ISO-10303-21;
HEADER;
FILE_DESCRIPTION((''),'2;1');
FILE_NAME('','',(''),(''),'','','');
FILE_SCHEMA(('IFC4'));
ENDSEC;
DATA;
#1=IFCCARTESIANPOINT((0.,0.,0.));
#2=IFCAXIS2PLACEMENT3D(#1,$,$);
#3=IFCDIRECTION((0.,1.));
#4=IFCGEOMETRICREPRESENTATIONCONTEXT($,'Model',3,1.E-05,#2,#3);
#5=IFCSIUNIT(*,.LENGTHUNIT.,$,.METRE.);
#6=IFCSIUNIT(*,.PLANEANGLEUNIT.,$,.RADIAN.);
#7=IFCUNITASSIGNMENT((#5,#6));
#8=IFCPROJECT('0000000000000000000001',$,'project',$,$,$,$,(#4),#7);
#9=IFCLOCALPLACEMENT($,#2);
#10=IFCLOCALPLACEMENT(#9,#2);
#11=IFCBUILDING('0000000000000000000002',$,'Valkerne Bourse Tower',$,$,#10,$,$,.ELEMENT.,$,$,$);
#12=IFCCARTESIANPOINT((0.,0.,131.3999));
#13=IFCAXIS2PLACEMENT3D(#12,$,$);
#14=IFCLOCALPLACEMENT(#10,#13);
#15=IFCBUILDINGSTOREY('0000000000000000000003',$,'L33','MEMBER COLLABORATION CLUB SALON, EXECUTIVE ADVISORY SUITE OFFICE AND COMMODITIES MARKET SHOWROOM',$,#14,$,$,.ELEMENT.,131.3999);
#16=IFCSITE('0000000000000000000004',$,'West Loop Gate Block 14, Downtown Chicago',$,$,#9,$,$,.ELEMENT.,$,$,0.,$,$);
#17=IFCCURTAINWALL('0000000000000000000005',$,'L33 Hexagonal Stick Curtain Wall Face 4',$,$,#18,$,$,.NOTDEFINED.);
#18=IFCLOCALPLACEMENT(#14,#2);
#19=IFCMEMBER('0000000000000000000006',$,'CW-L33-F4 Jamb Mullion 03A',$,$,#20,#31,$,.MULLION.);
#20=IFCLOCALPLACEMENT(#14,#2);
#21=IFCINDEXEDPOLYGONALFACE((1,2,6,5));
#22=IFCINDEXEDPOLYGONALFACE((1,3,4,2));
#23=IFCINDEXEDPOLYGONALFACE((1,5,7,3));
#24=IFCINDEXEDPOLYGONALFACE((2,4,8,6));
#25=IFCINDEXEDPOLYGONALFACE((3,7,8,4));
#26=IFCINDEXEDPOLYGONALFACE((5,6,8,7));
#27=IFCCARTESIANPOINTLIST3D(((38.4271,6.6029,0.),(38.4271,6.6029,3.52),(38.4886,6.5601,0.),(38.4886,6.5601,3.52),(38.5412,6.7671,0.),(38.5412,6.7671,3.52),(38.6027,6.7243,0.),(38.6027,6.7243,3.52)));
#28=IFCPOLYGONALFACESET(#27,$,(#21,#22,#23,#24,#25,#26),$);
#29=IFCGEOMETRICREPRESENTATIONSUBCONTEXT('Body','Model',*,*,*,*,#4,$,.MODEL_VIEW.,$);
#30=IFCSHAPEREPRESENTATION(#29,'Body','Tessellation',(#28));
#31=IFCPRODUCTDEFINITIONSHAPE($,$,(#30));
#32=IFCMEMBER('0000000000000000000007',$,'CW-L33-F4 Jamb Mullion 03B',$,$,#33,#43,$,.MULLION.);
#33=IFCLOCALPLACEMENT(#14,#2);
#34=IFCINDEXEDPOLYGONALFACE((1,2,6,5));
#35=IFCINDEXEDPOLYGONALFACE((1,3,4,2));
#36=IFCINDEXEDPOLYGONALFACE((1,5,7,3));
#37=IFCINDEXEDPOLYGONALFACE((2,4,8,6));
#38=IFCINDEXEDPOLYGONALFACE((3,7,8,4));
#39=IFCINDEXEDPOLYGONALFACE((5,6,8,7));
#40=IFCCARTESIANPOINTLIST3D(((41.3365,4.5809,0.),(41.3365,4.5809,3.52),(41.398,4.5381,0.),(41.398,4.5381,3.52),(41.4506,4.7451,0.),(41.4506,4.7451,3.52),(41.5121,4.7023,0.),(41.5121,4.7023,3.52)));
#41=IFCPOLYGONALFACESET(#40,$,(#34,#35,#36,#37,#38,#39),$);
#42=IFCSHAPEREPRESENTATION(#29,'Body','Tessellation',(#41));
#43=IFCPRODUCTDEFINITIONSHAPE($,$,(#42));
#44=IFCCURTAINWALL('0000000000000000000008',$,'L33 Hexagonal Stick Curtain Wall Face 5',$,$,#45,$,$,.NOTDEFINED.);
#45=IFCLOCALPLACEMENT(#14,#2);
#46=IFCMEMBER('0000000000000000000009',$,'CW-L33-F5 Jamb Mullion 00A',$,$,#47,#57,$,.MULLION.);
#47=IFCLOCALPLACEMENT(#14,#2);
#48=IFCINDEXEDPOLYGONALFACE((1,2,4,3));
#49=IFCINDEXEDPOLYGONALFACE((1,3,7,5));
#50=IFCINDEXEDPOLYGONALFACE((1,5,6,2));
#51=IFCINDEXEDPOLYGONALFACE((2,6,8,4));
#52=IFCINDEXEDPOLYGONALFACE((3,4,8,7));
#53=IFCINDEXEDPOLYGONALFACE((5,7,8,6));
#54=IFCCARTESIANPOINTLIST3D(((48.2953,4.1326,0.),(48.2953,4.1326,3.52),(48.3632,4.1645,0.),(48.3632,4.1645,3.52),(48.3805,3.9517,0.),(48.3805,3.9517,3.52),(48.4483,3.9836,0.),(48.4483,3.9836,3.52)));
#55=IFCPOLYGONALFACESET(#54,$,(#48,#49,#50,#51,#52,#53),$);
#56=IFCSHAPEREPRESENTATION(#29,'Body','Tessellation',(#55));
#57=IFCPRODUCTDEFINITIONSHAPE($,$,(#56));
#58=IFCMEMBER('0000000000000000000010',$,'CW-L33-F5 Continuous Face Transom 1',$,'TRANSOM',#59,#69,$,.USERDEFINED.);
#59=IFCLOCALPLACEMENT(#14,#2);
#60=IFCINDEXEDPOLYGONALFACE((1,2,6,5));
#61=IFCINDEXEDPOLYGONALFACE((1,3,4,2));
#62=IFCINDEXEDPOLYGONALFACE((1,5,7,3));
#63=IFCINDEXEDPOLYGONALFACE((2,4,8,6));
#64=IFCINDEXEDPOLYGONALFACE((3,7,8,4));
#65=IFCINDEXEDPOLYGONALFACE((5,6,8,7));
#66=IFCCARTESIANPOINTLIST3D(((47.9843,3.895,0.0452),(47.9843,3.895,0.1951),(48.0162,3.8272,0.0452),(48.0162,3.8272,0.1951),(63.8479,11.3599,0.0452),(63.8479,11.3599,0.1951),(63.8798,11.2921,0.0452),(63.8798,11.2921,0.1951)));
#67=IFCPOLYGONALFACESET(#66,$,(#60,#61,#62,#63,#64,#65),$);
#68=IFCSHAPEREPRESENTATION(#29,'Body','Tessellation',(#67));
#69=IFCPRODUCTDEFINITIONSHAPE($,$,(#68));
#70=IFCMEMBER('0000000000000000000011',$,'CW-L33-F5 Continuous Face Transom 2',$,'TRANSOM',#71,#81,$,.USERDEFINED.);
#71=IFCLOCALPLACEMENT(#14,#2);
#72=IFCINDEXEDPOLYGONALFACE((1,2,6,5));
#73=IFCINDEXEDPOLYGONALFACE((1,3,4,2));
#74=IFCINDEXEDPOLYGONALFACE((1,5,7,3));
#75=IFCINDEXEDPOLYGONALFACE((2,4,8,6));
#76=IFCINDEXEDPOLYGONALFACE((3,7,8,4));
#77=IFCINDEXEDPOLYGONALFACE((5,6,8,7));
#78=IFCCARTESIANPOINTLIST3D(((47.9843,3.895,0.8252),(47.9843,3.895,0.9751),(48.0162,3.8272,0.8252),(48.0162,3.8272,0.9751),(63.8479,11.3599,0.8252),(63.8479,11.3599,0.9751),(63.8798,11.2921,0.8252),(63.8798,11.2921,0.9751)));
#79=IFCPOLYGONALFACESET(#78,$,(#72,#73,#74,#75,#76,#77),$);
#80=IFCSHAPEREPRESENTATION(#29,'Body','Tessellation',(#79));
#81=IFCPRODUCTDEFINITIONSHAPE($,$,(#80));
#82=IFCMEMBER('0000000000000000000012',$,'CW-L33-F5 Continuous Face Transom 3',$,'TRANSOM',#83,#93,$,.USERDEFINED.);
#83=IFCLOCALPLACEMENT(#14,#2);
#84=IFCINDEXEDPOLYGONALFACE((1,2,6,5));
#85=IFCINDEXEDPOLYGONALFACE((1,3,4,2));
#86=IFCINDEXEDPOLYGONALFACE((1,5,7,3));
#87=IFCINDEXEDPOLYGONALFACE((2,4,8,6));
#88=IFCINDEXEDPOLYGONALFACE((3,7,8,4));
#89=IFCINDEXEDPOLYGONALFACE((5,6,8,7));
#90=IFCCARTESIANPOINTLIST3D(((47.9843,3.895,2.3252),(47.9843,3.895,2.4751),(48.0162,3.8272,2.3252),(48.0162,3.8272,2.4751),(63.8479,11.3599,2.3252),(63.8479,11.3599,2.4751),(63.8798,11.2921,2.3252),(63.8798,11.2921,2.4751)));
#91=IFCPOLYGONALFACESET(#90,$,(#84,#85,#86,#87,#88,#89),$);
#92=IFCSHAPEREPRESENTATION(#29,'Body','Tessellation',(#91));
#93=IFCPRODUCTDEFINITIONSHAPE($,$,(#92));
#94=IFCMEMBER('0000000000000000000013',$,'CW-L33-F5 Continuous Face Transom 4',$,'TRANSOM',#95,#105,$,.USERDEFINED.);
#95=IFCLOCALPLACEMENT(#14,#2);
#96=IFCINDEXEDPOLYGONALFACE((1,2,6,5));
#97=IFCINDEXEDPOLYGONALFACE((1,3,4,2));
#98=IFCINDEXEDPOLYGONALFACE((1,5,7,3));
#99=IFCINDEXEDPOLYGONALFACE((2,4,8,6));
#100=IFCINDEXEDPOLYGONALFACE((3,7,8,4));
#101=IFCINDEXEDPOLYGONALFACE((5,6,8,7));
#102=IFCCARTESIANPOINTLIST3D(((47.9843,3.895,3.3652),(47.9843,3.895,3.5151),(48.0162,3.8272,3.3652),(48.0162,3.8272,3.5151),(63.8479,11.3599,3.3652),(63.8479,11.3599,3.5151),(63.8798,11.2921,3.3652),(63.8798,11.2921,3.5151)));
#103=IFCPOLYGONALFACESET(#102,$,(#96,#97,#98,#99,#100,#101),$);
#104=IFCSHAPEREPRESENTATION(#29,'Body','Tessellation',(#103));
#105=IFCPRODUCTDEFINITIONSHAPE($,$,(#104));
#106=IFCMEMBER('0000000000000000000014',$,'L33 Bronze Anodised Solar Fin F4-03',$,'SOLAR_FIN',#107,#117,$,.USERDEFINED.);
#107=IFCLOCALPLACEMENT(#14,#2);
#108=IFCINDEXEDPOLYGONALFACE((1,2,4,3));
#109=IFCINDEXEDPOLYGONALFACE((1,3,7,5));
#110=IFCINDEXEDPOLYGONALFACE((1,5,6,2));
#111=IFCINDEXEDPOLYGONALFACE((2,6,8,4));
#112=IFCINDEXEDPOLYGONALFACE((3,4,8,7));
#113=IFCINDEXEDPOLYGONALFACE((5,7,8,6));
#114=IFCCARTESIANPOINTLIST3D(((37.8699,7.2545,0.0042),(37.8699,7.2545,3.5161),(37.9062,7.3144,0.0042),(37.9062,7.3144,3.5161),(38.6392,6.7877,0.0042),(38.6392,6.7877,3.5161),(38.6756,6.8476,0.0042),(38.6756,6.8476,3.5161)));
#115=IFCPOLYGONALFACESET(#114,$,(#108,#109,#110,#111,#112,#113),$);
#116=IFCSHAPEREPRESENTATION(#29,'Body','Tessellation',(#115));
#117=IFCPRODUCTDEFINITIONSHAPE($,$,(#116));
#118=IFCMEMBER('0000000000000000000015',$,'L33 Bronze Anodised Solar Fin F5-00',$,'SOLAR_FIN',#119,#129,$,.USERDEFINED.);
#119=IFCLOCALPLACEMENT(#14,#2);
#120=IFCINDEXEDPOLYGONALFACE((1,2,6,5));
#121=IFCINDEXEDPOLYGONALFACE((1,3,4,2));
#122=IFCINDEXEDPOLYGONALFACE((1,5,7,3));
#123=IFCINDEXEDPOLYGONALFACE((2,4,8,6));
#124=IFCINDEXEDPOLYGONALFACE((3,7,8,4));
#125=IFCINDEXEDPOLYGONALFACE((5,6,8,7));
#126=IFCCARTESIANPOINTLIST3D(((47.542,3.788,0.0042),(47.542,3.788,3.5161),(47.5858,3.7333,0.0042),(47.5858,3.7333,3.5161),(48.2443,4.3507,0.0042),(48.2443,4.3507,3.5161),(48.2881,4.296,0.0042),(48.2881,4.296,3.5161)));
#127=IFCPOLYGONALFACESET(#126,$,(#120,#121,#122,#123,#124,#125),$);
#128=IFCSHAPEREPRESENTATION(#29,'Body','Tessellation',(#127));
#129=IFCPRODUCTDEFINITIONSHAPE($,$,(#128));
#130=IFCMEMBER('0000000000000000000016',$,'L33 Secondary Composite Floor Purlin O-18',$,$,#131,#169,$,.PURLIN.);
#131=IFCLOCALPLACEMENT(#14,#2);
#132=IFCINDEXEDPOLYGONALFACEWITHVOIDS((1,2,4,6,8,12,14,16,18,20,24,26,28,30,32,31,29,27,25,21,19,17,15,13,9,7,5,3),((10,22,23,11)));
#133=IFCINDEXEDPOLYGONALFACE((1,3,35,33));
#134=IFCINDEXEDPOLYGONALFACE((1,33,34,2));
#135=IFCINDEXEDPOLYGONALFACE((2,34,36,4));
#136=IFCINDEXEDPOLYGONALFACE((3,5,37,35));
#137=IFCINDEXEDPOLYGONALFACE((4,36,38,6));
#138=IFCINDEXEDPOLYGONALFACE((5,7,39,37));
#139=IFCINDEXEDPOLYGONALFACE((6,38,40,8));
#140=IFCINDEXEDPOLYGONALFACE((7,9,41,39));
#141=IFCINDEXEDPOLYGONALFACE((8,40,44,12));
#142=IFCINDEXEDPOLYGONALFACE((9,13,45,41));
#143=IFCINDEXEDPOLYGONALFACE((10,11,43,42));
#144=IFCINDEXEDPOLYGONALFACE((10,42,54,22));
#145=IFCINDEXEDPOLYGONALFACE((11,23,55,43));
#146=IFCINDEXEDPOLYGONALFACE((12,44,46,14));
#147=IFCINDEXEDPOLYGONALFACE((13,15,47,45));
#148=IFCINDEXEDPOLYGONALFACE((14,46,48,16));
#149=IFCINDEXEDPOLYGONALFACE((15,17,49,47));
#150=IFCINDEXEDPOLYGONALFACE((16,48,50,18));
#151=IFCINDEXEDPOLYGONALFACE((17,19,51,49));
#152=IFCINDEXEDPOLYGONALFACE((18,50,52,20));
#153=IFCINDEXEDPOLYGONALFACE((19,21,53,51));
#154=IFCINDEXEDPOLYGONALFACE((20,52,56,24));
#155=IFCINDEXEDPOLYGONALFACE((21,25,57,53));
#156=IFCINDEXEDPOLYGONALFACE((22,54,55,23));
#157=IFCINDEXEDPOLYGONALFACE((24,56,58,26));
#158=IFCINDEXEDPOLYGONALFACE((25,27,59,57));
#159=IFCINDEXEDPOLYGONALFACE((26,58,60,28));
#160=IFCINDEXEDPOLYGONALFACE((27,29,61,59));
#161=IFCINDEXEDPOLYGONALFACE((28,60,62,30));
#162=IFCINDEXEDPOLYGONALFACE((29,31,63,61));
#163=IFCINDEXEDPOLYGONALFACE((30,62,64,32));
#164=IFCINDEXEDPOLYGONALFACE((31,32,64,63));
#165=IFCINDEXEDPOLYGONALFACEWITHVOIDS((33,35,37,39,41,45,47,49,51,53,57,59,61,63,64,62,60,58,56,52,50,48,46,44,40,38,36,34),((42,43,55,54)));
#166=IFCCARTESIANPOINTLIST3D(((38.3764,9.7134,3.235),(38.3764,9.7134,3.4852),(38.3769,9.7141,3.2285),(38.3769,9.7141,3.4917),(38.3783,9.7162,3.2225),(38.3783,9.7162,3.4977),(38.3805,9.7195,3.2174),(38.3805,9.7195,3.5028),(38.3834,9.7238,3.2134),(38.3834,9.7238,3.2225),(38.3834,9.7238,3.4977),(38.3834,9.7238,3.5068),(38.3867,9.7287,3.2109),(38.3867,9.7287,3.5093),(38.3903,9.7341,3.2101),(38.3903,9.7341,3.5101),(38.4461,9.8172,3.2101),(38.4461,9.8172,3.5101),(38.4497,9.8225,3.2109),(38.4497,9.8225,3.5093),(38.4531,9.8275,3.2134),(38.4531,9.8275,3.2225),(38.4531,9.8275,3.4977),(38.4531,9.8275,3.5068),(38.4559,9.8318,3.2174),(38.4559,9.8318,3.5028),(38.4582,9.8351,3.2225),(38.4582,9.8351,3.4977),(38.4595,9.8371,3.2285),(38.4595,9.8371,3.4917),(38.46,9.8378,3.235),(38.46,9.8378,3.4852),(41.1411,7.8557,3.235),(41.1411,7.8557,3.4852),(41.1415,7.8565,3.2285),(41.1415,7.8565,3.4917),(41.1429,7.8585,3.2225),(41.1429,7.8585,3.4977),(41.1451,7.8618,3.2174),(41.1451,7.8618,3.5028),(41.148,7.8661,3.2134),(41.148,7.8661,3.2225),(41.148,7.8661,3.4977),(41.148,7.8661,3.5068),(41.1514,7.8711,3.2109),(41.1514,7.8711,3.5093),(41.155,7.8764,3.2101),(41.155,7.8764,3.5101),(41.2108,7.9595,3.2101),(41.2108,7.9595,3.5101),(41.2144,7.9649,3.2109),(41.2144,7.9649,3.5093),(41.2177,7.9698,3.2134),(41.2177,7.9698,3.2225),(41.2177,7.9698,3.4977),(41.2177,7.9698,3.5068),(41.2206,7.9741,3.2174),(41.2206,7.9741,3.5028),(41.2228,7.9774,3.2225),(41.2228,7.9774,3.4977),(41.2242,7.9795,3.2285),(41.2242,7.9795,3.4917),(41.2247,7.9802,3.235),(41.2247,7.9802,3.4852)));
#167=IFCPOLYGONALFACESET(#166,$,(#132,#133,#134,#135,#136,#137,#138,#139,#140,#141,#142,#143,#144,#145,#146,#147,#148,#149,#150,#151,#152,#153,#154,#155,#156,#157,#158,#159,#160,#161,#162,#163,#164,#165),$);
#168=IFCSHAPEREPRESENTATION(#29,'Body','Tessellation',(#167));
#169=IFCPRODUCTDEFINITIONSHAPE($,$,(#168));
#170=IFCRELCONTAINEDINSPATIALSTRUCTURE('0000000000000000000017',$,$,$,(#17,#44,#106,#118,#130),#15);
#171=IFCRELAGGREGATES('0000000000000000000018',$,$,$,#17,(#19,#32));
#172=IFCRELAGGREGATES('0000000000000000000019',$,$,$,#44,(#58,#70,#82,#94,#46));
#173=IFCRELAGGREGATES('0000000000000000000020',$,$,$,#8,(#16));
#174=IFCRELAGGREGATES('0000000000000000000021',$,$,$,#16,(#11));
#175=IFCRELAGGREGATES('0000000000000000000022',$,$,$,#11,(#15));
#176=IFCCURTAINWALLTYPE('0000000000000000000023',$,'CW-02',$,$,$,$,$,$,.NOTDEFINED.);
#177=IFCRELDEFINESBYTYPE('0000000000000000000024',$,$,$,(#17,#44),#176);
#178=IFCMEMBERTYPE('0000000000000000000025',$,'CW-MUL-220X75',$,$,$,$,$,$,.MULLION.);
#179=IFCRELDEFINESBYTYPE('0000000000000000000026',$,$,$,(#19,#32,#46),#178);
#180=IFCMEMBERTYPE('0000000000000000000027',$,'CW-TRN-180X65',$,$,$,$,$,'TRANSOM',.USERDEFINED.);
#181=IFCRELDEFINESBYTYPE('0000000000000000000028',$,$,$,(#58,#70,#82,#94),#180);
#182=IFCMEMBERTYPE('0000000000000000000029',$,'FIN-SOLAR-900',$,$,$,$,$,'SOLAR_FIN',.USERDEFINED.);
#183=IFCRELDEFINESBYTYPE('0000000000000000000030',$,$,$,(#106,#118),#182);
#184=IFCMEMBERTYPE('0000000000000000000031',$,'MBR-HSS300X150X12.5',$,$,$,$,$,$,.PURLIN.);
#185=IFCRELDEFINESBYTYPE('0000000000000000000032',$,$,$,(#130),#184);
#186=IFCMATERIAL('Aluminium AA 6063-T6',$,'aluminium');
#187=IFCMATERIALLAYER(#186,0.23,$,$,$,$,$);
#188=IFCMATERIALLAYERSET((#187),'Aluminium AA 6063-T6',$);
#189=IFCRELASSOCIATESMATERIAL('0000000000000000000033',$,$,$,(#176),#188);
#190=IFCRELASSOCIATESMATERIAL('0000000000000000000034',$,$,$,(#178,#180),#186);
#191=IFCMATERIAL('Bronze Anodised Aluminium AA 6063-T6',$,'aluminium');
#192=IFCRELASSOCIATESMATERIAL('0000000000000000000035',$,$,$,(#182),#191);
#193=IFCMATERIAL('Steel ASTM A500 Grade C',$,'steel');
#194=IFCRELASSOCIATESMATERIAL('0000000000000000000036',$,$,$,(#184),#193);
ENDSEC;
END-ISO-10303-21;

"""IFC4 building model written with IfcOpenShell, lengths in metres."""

from ifc_helpers import new_model, si_unit, direction, frame, origin, origin_2d, place, context, subcontext, project, spatial, rectangle, hollow_rectangle, extrude, material, layer, layer_set, material_profile, profile_set, type_object, element, aggregate, save


model = new_model("IFC4")

# Units and contexts
model_context = context("Model", 3, precision=1e-05, world=origin(), true_north=direction((0.0, 1.0)))
body_context = subcontext(model_context, "Body", "Model", "MODEL_VIEW")
ifc_project = project(units=[si_unit("LENGTHUNIT", "METRE"), si_unit("PLANEANGLEUNIT", "RADIAN")], contexts=[model_context])

# Site, building, storey
site_placement = place(None, origin())
site = spatial("IfcSite", under=ifc_project, at=site_placement, Name="West Loop Gate Block 14, Downtown Chicago", CompositionType="ELEMENT", RefElevation=0.0)
building_placement = place(site_placement, origin())
building = spatial("IfcBuilding", under=site, at=building_placement, Name="Valkerne Bourse Tower", CompositionType="ELEMENT")
storey_placement = place(building_placement, frame((0.0, 0.0, 131.3999)))
storey = spatial("IfcBuildingStorey", under=building, at=storey_placement, Name="L33", Description="MEMBER COLLABORATION CLUB SALON, EXECUTIVE ADVISORY SUITE OFFICE AND COMMODITIES MARKET SHOWROOM", CompositionType="ELEMENT", Elevation=131.3999)

# Curtain walls, members
ifc_material_1 = material(Name="Aluminium AA 6063-T6", Category="aluminium")
ifc_layer_1 = layer(ifc_material_1, 0.23)
ifc_layer_set_1 = layer_set([ifc_layer_1], Name="Aluminium AA 6063-T6")
curtain_wall_type = type_object("IfcCurtainWallType", Name="CW-02", PredefinedType="NOTDEFINED", material=ifc_layer_set_1)
curtain_wall_1_placement = place(storey_placement, origin())
curtain_wall_1 = element("IfcCurtainWall", 1, at=curtain_wall_1_placement, inside=storey, type_object=curtain_wall_type, Name="L33 Hexagonal Stick Curtain Wall Face 4", PredefinedType="NOTDEFINED")
ifc_material_profile_1 = material_profile(ifc_material_1, rectangle(XDim=0.075, YDim=0.2, at=origin_2d()), Name="CWM-75X200")
ifc_profile_set_1 = profile_set([ifc_material_profile_1], Name="Aluminium AA 6063-T6")
member_type_1 = type_object("IfcMemberType", Name="CW-MUL-220X75", PredefinedType="MULLION", material=ifc_profile_set_1)
member_1_placement = place(storey_placement, frame((38.5149, 6.6636, 0.0), z_axis=(0.0, 0.0, 1.0), x_axis=(0.821153, -0.570707, 0.0)))
member_1 = element("IfcMember", 2, at=member_1_placement, type_object=member_type_1, Name="CW-L33-F4 Jamb Mullion 03A", PredefinedType="MULLION", context=body_context, shape_type="SweptSolid", body=[
    extrude(rectangle(XDim=0.075, YDim=0.2, at=origin_2d()), origin(), (0.0, 0.0, 1.0), 3.52),
])
member_2_placement = place(storey_placement, frame((41.4243, 4.6416, 0.0), z_axis=(0.0, 0.0, 1.0), x_axis=(0.821153, -0.570707, 0.0)))
member_2 = element("IfcMember", 3, at=member_2_placement, type_object=member_type_1, Name="CW-L33-F4 Jamb Mullion 03B", PredefinedType="MULLION", context=body_context, shape_type="SweptSolid", body=[
    extrude(rectangle(XDim=0.075, YDim=0.2, at=origin_2d()), origin(), (0.0, 0.0, 1.0), 3.52),
])
curtain_wall_2_placement = place(storey_placement, origin())
curtain_wall_2 = element("IfcCurtainWall", 4, at=curtain_wall_2_placement, inside=storey, type_object=curtain_wall_type, Name="L33 Hexagonal Stick Curtain Wall Face 5", PredefinedType="NOTDEFINED")
member_3_placement = place(storey_placement, frame((48.3718, 4.0581, 0.0), z_axis=(0.0, 0.0, 1.0), x_axis=(0.904828, 0.425777, 0.0)))
member_3 = element("IfcMember", 5, at=member_3_placement, type_object=member_type_1, Name="CW-L33-F5 Jamb Mullion 00A", PredefinedType="MULLION", context=body_context, shape_type="SweptSolid", body=[
    extrude(rectangle(XDim=0.075, YDim=0.2, at=origin_2d()), origin(), (0.0, 0.0, 1.0), 3.52),
])
ifc_material_profile_2 = material_profile(ifc_material_1, rectangle(XDim=0.075, YDim=0.1499, at=origin_2d()), Name="CWT-75X150")
ifc_profile_set_2 = profile_set([ifc_material_profile_2], Name="Aluminium AA 6063-T6")
member_type_2 = type_object("IfcMemberType", Name="CW-TRN-180X65", ElementType="TRANSOM", PredefinedType="USERDEFINED", material=ifc_profile_set_2)
member_4_placement = place(storey_placement, frame((48.0002, 3.8611, 0.1201), z_axis=(0.904826, 0.425781, 0.0), x_axis=(-0.425781, 0.904826, 0.0)))
member_4 = element("IfcMember", 6, at=member_4_placement, type_object=member_type_2, Name="CW-L33-F5 Continuous Face Transom 1", ObjectType="TRANSOM", PredefinedType="USERDEFINED", context=body_context, shape_type="SweptSolid", body=[
    extrude(rectangle(XDim=0.075, YDim=0.1499, at=origin_2d()), origin(), (0.0, 0.0, 1.0), 17.5322),
])
member_5_placement = place(storey_placement, frame((48.0002, 3.8611, 0.9001), z_axis=(0.904826, 0.425781, 0.0), x_axis=(-0.425781, 0.904826, 0.0)))
member_5 = element("IfcMember", 7, at=member_5_placement, type_object=member_type_2, Name="CW-L33-F5 Continuous Face Transom 2", ObjectType="TRANSOM", PredefinedType="USERDEFINED", context=body_context, shape_type="SweptSolid", body=[
    extrude(rectangle(XDim=0.075, YDim=0.1499, at=origin_2d()), origin(), (0.0, 0.0, 1.0), 17.5322),
])
member_6_placement = place(storey_placement, frame((48.0002, 3.8611, 2.4001), z_axis=(0.904826, 0.425781, 0.0), x_axis=(-0.425781, 0.904826, 0.0)))
member_6 = element("IfcMember", 8, at=member_6_placement, type_object=member_type_2, Name="CW-L33-F5 Continuous Face Transom 3", ObjectType="TRANSOM", PredefinedType="USERDEFINED", context=body_context, shape_type="SweptSolid", body=[
    extrude(rectangle(XDim=0.075, YDim=0.1499, at=origin_2d()), origin(), (0.0, 0.0, 1.0), 17.5322),
])
member_7_placement = place(storey_placement, frame((48.0002, 3.8611, 3.4402), z_axis=(0.904826, 0.425781, 0.0), x_axis=(-0.425781, 0.904826, 0.0)))
member_7 = element("IfcMember", 9, at=member_7_placement, type_object=member_type_2, Name="CW-L33-F5 Continuous Face Transom 4", ObjectType="TRANSOM", PredefinedType="USERDEFINED", context=body_context, shape_type="SweptSolid", body=[
    extrude(rectangle(XDim=0.075, YDim=0.1499, at=origin_2d()), origin(), (0.0, 0.0, 1.0), 17.5322),
])

# Members
ifc_material_2 = material(Name="Bronze Anodised Aluminium AA 6063-T6", Category="aluminium")
ifc_material_profile_3 = material_profile(ifc_material_2, rectangle(XDim=0.0701, YDim=0.8999, at=origin_2d()), Name="FIN-70X900")
ifc_profile_set_3 = profile_set([ifc_material_profile_3], Name="Bronze Anodised Aluminium AA 6063-T6")
member_type_3 = type_object("IfcMemberType", Name="FIN-SOLAR-900", ElementType="SOLAR_FIN", PredefinedType="USERDEFINED", material=ifc_profile_set_3)
for number, where, z_axis, x_axis, name in (
    (10, (38.2727, 7.051, 0.0042), (0.0, 0.0, 1.0), (-0.518726, -0.85494, 0.0), "L33 Bronze Anodised Solar Fin F4-03"),
    (11, (47.915, 4.042, 0.0042), (0.0, 0.0, 1.0), (0.625293, -0.78039, 0.0), "L33 Bronze Anodised Solar Fin F5-00"),
):
    element("IfcMember", number, at=place(storey_placement, frame(where, z_axis=z_axis, x_axis=x_axis)), inside=storey, type_object=member_type_3, Name=name, ObjectType="SOLAR_FIN", PredefinedType="USERDEFINED", context=body_context, shape_type="SweptSolid", body=[
        extrude(rectangle(XDim=0.0701, YDim=0.8999, at=origin_2d()), origin(), (0.0, 0.0, 1.0), 3.512),
    ])
ifc_material_3 = material(Name="Steel ASTM A500 Grade C", Category="steel")
ifc_material_profile_4 = material_profile(ifc_material_3, hollow_rectangle(XDim=0.1499, YDim=0.3, WallThickness=0.0125, OuterFilletRadius=0.0249, at=origin_2d()), Name="HSS300X150X12.5")
ifc_profile_set_4 = profile_set([ifc_material_profile_4], Name="Steel ASTM A500 Grade C")
member_type_4 = type_object("IfcMemberType", Name="MBR-HSS300X150X12.5", PredefinedType="PURLIN", material=ifc_profile_set_4)
member_8_placement = place(storey_placement, frame((38.4182, 9.7756, 3.3601), z_axis=(0.830026, -0.557724, 0.0), x_axis=(0.557724, 0.830026, 0.0)))
element("IfcMember", 12, at=member_8_placement, inside=storey, type_object=member_type_4, Name="L33 Secondary Composite Floor Purlin O-18", PredefinedType="PURLIN", context=body_context, shape_type="SweptSolid", body=[
    extrude(hollow_rectangle(XDim=0.1499, YDim=0.3, WallThickness=0.0125, OuterFilletRadius=0.0249, at=origin_2d()), origin(), (0.0, 0.0, 1.0), 3.3308),
])

aggregate(curtain_wall_1, [member_1, member_2])
aggregate(curtain_wall_2, [member_4, member_5, member_6, member_7, member_3])

save(model, "model.ifc")
